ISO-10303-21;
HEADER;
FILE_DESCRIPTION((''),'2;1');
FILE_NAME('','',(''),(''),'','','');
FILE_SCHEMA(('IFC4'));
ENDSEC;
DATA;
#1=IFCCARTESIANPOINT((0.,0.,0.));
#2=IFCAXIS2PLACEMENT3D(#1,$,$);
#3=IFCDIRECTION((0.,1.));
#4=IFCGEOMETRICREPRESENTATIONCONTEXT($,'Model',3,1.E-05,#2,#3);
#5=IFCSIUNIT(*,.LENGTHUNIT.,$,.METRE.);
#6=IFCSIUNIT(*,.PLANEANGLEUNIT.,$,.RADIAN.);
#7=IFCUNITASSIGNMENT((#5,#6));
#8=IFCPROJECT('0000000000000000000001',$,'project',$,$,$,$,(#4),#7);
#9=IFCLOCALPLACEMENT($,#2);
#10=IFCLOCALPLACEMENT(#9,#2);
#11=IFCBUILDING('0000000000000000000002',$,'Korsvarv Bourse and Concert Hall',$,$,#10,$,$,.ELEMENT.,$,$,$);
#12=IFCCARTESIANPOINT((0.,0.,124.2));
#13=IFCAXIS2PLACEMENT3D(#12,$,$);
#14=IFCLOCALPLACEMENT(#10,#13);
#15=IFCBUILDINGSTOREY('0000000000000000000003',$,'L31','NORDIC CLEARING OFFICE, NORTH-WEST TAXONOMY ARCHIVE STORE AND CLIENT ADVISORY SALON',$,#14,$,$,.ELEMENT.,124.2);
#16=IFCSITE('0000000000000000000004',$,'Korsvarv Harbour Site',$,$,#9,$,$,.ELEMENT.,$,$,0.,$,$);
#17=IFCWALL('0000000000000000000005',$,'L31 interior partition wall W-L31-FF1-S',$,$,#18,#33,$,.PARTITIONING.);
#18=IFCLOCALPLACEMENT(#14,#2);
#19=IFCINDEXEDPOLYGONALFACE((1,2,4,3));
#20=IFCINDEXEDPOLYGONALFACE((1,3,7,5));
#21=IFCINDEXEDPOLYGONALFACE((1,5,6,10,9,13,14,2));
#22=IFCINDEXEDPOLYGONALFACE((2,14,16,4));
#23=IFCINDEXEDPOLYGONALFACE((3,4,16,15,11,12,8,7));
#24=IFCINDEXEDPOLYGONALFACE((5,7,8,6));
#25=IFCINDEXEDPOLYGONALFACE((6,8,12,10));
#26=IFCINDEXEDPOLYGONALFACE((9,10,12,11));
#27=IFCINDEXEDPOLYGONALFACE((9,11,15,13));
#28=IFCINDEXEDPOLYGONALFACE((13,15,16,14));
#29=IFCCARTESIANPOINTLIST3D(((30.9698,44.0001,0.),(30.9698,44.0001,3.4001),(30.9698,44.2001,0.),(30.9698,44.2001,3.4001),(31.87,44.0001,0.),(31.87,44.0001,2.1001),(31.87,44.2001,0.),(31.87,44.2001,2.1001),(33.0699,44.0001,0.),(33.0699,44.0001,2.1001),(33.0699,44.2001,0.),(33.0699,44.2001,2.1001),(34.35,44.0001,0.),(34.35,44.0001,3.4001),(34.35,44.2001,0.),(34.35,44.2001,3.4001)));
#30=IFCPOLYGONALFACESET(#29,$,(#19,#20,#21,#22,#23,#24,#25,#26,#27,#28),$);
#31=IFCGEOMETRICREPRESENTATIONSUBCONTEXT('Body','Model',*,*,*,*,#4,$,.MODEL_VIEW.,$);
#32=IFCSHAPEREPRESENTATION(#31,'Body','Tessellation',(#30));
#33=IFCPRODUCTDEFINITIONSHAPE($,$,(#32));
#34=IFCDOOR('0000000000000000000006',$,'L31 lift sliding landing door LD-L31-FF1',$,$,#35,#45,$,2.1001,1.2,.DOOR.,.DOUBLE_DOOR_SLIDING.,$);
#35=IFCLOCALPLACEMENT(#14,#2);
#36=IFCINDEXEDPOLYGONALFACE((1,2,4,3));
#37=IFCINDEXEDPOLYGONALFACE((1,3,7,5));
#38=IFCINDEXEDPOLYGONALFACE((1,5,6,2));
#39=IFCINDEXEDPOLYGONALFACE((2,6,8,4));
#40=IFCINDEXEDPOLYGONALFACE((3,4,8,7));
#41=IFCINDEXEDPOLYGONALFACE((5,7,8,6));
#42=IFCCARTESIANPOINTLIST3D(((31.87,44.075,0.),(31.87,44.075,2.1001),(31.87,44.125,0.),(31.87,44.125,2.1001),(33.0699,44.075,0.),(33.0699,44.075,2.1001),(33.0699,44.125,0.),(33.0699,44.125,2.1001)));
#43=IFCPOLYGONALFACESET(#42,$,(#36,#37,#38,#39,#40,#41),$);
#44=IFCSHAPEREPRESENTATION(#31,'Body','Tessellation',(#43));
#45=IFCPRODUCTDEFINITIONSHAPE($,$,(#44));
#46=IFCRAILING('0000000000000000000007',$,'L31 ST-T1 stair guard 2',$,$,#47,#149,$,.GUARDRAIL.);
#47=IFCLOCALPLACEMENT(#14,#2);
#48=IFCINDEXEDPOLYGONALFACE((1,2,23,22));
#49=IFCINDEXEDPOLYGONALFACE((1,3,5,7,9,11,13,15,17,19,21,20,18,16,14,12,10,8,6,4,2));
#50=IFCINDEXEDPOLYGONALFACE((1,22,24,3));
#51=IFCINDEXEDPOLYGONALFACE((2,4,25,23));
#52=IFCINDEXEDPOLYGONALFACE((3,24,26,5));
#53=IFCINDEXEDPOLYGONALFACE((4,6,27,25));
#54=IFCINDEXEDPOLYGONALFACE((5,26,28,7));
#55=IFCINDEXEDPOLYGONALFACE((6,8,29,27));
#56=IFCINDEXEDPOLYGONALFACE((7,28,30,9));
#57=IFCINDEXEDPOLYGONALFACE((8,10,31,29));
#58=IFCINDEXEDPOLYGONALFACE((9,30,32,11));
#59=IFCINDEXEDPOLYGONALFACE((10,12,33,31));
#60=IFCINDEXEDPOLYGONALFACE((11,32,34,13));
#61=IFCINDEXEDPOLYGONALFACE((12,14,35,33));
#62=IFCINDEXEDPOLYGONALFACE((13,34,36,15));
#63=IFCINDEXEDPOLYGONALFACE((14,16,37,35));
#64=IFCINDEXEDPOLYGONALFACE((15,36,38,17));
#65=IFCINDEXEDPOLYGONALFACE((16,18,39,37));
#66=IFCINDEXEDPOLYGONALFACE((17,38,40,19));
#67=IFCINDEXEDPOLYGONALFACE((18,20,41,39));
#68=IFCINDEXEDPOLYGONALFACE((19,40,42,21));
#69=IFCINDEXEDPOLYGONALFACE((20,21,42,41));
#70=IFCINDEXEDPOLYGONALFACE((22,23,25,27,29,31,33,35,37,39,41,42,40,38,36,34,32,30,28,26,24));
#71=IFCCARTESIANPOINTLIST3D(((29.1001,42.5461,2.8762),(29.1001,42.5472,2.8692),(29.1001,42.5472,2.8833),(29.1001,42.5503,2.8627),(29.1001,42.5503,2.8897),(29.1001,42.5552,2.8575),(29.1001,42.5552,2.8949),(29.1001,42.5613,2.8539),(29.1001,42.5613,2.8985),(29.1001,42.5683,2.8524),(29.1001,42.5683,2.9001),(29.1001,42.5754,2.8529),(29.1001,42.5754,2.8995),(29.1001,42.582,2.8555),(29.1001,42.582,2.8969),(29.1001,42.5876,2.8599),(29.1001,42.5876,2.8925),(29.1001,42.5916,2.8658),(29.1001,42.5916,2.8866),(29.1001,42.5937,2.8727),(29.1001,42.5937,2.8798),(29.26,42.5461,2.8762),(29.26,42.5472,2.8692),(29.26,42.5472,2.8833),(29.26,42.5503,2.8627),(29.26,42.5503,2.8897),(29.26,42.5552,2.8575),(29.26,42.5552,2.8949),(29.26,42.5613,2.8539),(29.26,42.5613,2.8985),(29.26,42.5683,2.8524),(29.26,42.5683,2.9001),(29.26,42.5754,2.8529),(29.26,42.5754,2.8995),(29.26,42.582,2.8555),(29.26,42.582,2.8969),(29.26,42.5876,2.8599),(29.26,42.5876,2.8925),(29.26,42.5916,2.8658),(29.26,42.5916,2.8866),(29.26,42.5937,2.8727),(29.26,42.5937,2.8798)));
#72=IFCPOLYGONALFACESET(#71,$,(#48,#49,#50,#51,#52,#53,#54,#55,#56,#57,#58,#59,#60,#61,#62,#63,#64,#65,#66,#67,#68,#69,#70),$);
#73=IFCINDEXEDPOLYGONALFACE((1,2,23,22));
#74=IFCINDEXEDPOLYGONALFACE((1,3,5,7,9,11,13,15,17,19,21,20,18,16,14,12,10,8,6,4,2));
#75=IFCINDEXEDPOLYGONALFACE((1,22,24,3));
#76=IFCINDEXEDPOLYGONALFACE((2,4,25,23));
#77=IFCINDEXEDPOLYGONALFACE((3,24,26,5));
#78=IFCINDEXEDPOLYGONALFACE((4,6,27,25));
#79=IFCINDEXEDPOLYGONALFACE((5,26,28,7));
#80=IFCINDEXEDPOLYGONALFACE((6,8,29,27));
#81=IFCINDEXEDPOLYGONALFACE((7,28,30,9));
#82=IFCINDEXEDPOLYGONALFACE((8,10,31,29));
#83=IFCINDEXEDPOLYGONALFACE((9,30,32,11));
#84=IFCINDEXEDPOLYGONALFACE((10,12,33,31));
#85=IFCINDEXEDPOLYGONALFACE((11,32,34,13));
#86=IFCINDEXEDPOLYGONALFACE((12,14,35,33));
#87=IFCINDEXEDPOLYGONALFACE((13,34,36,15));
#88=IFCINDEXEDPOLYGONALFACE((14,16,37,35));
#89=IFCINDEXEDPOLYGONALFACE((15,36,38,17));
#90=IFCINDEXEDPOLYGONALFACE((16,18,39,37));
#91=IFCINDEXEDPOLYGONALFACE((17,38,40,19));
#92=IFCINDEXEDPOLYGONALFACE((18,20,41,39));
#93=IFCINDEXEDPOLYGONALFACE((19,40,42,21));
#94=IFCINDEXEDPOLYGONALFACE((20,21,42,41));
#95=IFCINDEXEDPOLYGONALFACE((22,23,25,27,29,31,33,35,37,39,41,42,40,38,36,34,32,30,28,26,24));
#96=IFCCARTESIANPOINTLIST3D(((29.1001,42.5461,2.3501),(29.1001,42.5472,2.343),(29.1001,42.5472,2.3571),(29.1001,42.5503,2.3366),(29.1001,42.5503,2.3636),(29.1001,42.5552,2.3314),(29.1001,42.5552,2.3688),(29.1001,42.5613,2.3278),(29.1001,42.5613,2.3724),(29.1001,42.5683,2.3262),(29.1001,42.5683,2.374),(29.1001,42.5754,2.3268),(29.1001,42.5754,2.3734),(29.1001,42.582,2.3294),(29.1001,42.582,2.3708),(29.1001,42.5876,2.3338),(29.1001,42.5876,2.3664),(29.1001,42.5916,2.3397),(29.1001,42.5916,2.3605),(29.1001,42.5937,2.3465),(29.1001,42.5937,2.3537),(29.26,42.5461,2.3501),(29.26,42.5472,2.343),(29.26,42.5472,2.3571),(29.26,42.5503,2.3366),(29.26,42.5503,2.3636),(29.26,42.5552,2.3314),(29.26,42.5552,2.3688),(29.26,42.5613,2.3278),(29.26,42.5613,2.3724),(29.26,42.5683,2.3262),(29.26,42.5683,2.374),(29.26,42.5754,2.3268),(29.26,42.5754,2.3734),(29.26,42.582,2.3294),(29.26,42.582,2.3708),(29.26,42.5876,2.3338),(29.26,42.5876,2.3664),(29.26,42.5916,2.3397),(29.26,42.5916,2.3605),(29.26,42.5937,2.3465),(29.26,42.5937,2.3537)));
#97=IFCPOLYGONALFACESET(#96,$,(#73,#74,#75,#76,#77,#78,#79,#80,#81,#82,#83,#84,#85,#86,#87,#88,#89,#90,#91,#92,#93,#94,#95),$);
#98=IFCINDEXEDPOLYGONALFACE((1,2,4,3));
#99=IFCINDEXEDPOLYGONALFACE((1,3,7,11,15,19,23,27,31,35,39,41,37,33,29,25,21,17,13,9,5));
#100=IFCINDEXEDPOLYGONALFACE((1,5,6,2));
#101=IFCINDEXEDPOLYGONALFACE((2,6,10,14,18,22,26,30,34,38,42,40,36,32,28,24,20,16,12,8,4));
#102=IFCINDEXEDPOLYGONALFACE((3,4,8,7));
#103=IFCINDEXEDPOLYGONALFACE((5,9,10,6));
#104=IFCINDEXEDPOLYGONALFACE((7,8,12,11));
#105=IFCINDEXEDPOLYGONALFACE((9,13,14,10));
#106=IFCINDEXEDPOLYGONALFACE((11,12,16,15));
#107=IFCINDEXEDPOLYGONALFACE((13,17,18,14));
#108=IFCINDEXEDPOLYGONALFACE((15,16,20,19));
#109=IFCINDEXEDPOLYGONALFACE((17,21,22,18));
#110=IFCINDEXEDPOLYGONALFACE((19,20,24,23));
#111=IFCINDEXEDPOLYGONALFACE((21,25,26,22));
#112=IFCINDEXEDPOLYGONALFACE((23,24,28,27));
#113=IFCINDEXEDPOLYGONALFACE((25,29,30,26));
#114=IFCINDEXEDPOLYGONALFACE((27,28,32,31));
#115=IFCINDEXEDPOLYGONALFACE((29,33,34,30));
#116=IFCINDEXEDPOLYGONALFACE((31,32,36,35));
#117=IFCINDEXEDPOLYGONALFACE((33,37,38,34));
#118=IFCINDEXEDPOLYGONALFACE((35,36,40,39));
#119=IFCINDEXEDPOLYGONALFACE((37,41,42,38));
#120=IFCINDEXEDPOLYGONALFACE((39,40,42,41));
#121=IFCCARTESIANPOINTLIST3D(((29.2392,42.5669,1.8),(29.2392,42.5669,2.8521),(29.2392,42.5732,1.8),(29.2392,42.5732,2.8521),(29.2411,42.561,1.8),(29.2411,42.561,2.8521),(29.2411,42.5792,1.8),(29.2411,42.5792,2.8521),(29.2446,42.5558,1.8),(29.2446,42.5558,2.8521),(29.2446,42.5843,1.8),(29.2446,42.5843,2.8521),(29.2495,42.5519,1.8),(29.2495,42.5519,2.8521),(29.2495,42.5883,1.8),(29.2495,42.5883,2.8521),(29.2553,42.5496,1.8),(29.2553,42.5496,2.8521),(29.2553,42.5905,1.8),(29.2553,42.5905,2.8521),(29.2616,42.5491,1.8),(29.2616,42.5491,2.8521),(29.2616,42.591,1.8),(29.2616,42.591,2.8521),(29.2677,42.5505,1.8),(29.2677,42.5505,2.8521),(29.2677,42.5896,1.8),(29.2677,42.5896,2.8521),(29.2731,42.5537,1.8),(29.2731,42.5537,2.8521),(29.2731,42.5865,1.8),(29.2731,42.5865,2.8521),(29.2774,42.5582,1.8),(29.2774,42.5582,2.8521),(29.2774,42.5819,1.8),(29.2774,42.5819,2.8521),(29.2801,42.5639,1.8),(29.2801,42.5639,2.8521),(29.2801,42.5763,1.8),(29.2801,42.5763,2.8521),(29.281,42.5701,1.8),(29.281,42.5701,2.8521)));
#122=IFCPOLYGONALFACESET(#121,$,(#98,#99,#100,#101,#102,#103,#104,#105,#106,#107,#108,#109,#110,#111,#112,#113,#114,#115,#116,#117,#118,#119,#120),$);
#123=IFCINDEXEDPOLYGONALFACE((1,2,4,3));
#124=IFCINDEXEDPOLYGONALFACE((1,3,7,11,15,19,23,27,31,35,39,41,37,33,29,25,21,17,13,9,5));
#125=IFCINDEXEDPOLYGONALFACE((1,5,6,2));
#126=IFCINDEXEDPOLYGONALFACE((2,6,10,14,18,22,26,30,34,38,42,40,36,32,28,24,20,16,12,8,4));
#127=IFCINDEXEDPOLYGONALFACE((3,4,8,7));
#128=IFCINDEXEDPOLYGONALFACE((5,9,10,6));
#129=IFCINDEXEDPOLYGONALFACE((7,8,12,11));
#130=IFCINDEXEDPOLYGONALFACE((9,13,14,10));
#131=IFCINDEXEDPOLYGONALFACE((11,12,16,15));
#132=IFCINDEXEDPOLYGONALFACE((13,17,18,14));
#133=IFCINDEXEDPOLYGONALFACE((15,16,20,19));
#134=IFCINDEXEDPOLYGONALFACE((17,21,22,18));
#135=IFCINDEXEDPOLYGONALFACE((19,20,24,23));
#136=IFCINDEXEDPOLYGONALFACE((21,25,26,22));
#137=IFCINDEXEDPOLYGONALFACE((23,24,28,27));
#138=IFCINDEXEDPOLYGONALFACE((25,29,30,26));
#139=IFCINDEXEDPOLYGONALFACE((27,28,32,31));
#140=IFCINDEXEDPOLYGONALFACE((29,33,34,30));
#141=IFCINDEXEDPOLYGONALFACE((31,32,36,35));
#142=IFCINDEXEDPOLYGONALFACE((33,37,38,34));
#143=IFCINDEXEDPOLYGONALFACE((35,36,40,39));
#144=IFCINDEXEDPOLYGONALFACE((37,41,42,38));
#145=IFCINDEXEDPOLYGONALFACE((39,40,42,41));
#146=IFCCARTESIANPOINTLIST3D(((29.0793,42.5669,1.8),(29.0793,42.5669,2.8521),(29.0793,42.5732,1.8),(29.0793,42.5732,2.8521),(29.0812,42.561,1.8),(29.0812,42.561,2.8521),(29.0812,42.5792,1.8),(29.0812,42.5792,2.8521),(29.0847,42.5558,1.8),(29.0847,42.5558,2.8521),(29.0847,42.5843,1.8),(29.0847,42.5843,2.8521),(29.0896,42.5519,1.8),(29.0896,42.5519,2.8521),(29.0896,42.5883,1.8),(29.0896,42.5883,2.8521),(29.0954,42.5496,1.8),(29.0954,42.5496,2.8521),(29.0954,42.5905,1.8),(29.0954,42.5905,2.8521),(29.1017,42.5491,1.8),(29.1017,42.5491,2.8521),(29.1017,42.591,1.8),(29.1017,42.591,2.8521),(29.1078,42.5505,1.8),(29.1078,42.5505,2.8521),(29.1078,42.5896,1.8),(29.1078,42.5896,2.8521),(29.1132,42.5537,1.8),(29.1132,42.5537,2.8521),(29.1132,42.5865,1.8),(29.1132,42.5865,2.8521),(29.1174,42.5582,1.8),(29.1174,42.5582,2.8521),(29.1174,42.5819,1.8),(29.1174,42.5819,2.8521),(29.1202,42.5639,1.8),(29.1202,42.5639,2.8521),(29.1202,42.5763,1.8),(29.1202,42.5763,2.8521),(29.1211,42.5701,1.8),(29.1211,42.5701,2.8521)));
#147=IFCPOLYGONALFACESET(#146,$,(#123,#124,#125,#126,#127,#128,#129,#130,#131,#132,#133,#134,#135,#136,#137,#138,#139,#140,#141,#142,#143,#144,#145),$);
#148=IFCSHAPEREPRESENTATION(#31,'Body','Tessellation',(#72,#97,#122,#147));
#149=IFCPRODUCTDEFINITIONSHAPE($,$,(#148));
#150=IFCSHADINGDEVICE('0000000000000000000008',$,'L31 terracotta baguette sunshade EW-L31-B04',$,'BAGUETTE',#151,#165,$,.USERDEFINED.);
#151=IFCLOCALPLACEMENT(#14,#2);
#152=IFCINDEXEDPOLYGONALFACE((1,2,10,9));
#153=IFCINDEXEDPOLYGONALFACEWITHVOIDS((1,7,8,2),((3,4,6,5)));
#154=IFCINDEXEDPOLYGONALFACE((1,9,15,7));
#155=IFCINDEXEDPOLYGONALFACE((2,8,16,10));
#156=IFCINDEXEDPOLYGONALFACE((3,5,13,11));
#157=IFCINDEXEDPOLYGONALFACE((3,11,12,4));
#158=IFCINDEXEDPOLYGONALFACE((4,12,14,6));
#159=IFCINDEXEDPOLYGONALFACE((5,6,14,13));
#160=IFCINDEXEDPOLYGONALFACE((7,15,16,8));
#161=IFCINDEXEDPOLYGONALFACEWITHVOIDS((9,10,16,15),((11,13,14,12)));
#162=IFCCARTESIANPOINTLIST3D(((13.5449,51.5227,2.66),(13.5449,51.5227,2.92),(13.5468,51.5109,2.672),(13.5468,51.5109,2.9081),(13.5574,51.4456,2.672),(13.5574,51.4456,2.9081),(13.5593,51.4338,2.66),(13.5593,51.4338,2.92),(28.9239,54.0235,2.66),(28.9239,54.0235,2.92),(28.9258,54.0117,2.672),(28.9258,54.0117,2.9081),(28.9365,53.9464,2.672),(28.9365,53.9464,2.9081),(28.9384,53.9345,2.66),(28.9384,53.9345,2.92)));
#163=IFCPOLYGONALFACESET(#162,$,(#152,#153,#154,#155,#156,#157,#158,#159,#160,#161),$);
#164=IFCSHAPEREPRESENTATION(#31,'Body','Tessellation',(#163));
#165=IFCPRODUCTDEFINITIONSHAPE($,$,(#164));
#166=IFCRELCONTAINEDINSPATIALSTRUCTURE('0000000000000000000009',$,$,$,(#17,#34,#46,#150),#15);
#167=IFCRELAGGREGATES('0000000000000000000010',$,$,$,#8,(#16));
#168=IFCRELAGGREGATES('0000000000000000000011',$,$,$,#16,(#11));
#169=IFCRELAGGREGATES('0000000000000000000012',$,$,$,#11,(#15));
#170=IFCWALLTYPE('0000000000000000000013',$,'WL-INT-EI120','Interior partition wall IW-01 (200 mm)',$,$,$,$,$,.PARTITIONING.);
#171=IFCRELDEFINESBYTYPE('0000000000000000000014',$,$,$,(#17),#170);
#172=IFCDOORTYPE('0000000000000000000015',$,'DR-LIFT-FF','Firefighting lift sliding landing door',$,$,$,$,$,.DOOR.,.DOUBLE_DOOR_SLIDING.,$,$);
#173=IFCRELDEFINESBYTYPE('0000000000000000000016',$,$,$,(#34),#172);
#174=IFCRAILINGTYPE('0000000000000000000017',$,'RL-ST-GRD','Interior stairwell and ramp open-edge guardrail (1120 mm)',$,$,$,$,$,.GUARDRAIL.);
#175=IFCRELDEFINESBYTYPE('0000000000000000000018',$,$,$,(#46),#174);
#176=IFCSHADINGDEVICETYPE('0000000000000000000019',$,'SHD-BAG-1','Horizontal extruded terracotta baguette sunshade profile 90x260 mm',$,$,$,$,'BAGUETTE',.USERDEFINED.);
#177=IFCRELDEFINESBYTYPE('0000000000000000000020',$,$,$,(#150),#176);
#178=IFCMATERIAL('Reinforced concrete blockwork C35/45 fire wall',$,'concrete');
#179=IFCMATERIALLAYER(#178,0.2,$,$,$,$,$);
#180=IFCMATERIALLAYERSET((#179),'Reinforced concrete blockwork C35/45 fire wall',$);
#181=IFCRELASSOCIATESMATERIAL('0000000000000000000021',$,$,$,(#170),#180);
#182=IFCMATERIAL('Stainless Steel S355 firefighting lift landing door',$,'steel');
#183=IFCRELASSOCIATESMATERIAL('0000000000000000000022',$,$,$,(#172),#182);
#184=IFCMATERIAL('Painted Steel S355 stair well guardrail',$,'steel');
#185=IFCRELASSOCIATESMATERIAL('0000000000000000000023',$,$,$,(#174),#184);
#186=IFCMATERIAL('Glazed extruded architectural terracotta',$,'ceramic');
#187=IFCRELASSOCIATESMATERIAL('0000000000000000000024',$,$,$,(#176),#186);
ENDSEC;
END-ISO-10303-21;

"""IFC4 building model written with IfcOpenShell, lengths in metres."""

from ifc_helpers import new_model, si_unit, direction, frame, frame_2d, origin, origin_2d, place, context, subcontext, project, spatial, rectangle, hollow_rectangle, circle, extrude, source, transform, mapped, material, layer, layer_set, material_profile, profile_set, type_object, element, fill, save


model = new_model("IFC4")

# Units and contexts
model_context = context("Model", 3, precision=1e-05, world=origin(), true_north=direction((0.0, 1.0)))
body_context = subcontext(model_context, "Body", "Model", "MODEL_VIEW")
ifc_project = project(units=[si_unit("LENGTHUNIT", "METRE"), si_unit("PLANEANGLEUNIT", "RADIAN")], contexts=[model_context])

# Site, building, storey
site_placement = place(None, origin())
site = spatial("IfcSite", under=ifc_project, at=site_placement, Name="Korsvarv Harbour Site", CompositionType="ELEMENT", RefElevation=0.0)
building_placement = place(site_placement, origin())
building = spatial("IfcBuilding", under=site, at=building_placement, Name="Korsvarv Bourse and Concert Hall", CompositionType="ELEMENT")
storey_placement = place(building_placement, frame((0.0, 0.0, 124.2)))
storey = spatial("IfcBuildingStorey", under=building, at=storey_placement, Name="L31", Description="NORDIC CLEARING OFFICE, NORTH-WEST TAXONOMY ARCHIVE STORE AND CLIENT ADVISORY SALON", CompositionType="ELEMENT", Elevation=124.2)

# Wall, opening, door
ifc_material_1 = material(Name="Reinforced concrete blockwork C35/45 fire wall", Category="concrete")
ifc_layer_1 = layer(ifc_material_1, 0.2)
ifc_layer_set_1 = layer_set([ifc_layer_1], Name="Reinforced concrete blockwork C35/45 fire wall")
wall_type_1 = type_object("IfcWallType", Name="WL-INT-EI120", Description="Interior partition wall IW-01 (200 mm)", PredefinedType="PARTITIONING", material=ifc_layer_set_1)
wall_1_placement = place(storey_placement, frame((30.97, 44.1001, 0.0), z_axis=(0.0, 0.0, 1.0), x_axis=(1.0, 0.0, 0.0)))
wall_1 = element("IfcWall", 1, at=wall_1_placement, inside=storey, type_object=wall_type_1, Name="L31 interior partition wall W-L31-FF1-S", PredefinedType="PARTITIONING", context=body_context, shape_type="SweptSolid", body=[
    extrude(rectangle(XDim=3.3801, YDim=0.2, at=frame_2d((1.6899, 0.0))), origin(), (0.0, 0.0, 1.0), 3.4001),
])
opening_placement = place(wall_1_placement, frame((0.8999, 0.0, 0.0)))
opening = element("IfcOpeningElement", 2, at=opening_placement, cuts=wall_1, PredefinedType="OPENING", context=body_context, shape_type="SweptSolid", body=[
    extrude(rectangle(XDim=1.2, YDim=2.1001, at=frame_2d((0.6001, 1.05))), frame((0.0, 0.1099, 0.0), z_axis=(0.0, -1.0, 0.0), x_axis=(1.0, 0.0, 0.0)), (0.0, 0.0, 1.0), 0.22),
])
ifc_material_2 = material(Name="Stainless Steel S355 firefighting lift landing door", Category="steel")
door_type = type_object("IfcDoorType", Name="DR-LIFT-FF", Description="Firefighting lift sliding landing door", OperationType="DOUBLE_DOOR_SLIDING", PredefinedType="DOOR", material=ifc_material_2)
door_placement = place(opening_placement, origin())
door = element("IfcDoor", 3, at=door_placement, inside=storey, type_object=door_type, Name="L31 lift sliding landing door LD-L31-FF1", OperationType="DOUBLE_DOOR_SLIDING", OverallHeight=2.1001, OverallWidth=1.2, PredefinedType="DOOR", context=body_context, shape_type="SweptSolid", body=[
    extrude(rectangle(XDim=1.2, YDim=2.1001, at=frame_2d((0.6001, 1.05))), frame((0.0, 0.0249, 0.0), z_axis=(0.0, -1.0, 0.0), x_axis=(1.0, 0.0, 0.0)), (0.0, 0.0, 1.0), 0.05),
])
fill(opening, door)

# Railing
ifc_material_3 = material(Name="Painted Steel S355 stair well guardrail", Category="steel")
railing_type = type_object("IfcRailingType", Name="RL-ST-GRD", Description="Interior stairwell and ramp open-edge guardrail (1120 mm)", PredefinedType="GUARDRAIL", material=ifc_material_3)
railing_placement = place(storey_placement, frame((29.26, 42.5701, 1.8)))
element("IfcRailing", 4, at=railing_placement, inside=storey, type_object=railing_type, Name="L31 ST-T1 stair guard 2", PredefinedType="GUARDRAIL", context=body_context, shape_type="SweptSolid", body=[
    extrude(circle(Radius=0.0239, at=origin_2d()), frame((0.0, 0.0, 1.0762), z_axis=(-1.0, 0.0, 0.0), x_axis=(0.0, -1.0, 0.0)), (0.0, 0.0, 1.0), 0.1599),
    extrude(circle(Radius=0.0239, at=origin_2d()), frame((0.0, 0.0, 0.55), z_axis=(-1.0, 0.0, 0.0), x_axis=(0.0, -1.0, 0.0)), (0.0, 0.0, 1.0), 0.1599),
    extrude(circle(Radius=0.021, at=origin_2d()), origin(), (0.0, 0.0, 1.0), 1.052),
    extrude(circle(Radius=0.021, at=origin_2d()), frame((-0.1599, 0.0, 0.0)), (0.0, 0.0, 1.0), 1.052),
])

# Shading device
ifc_material_4 = material(Name="Glazed extruded architectural terracotta", Category="ceramic")
ifc_material_profile_1 = material_profile(ifc_material_4, hollow_rectangle(XDim=0.0901, YDim=0.26, WallThickness=0.012, at=origin_2d()), Name="TC-BAG 90x260")
ifc_profile_set_1 = profile_set([ifc_material_profile_1], Name="Glazed extruded architectural terracotta")
shading_device_type = type_object("IfcShadingDeviceType", Name="SHD-BAG-1", Description="Horizontal extruded terracotta baguette sunshade profile 90x260 mm", ElementType="BAGUETTE", PredefinedType="USERDEFINED", material=ifc_profile_set_1)
shared_shape_1 = source(origin(), body_context, "Body", "SweptSolid", [
    extrude(hollow_rectangle(XDim=0.0901, YDim=0.26, WallThickness=0.012, at=origin_2d()), origin(), (0.0, 0.0, 1.0), 15.5811),
])
shading_device_placement = place(storey_placement, frame((28.9312, 53.979, 2.79), z_axis=(-0.987036, -0.160497, 0.0), x_axis=(0.160497, -0.987036, 0.0)))
element("IfcShadingDevice", 5, at=shading_device_placement, inside=storey, type_object=shading_device_type, Name="L31 terracotta baguette sunshade EW-L31-B04", ObjectType="BAGUETTE", PredefinedType="USERDEFINED", context=body_context, shape_type="MappedRepresentation", body=[
    mapped(shared_shape_1, transform((0.0, 0.0, 0.0), scale=1.0)),
])

save(model, "model.ifc")
